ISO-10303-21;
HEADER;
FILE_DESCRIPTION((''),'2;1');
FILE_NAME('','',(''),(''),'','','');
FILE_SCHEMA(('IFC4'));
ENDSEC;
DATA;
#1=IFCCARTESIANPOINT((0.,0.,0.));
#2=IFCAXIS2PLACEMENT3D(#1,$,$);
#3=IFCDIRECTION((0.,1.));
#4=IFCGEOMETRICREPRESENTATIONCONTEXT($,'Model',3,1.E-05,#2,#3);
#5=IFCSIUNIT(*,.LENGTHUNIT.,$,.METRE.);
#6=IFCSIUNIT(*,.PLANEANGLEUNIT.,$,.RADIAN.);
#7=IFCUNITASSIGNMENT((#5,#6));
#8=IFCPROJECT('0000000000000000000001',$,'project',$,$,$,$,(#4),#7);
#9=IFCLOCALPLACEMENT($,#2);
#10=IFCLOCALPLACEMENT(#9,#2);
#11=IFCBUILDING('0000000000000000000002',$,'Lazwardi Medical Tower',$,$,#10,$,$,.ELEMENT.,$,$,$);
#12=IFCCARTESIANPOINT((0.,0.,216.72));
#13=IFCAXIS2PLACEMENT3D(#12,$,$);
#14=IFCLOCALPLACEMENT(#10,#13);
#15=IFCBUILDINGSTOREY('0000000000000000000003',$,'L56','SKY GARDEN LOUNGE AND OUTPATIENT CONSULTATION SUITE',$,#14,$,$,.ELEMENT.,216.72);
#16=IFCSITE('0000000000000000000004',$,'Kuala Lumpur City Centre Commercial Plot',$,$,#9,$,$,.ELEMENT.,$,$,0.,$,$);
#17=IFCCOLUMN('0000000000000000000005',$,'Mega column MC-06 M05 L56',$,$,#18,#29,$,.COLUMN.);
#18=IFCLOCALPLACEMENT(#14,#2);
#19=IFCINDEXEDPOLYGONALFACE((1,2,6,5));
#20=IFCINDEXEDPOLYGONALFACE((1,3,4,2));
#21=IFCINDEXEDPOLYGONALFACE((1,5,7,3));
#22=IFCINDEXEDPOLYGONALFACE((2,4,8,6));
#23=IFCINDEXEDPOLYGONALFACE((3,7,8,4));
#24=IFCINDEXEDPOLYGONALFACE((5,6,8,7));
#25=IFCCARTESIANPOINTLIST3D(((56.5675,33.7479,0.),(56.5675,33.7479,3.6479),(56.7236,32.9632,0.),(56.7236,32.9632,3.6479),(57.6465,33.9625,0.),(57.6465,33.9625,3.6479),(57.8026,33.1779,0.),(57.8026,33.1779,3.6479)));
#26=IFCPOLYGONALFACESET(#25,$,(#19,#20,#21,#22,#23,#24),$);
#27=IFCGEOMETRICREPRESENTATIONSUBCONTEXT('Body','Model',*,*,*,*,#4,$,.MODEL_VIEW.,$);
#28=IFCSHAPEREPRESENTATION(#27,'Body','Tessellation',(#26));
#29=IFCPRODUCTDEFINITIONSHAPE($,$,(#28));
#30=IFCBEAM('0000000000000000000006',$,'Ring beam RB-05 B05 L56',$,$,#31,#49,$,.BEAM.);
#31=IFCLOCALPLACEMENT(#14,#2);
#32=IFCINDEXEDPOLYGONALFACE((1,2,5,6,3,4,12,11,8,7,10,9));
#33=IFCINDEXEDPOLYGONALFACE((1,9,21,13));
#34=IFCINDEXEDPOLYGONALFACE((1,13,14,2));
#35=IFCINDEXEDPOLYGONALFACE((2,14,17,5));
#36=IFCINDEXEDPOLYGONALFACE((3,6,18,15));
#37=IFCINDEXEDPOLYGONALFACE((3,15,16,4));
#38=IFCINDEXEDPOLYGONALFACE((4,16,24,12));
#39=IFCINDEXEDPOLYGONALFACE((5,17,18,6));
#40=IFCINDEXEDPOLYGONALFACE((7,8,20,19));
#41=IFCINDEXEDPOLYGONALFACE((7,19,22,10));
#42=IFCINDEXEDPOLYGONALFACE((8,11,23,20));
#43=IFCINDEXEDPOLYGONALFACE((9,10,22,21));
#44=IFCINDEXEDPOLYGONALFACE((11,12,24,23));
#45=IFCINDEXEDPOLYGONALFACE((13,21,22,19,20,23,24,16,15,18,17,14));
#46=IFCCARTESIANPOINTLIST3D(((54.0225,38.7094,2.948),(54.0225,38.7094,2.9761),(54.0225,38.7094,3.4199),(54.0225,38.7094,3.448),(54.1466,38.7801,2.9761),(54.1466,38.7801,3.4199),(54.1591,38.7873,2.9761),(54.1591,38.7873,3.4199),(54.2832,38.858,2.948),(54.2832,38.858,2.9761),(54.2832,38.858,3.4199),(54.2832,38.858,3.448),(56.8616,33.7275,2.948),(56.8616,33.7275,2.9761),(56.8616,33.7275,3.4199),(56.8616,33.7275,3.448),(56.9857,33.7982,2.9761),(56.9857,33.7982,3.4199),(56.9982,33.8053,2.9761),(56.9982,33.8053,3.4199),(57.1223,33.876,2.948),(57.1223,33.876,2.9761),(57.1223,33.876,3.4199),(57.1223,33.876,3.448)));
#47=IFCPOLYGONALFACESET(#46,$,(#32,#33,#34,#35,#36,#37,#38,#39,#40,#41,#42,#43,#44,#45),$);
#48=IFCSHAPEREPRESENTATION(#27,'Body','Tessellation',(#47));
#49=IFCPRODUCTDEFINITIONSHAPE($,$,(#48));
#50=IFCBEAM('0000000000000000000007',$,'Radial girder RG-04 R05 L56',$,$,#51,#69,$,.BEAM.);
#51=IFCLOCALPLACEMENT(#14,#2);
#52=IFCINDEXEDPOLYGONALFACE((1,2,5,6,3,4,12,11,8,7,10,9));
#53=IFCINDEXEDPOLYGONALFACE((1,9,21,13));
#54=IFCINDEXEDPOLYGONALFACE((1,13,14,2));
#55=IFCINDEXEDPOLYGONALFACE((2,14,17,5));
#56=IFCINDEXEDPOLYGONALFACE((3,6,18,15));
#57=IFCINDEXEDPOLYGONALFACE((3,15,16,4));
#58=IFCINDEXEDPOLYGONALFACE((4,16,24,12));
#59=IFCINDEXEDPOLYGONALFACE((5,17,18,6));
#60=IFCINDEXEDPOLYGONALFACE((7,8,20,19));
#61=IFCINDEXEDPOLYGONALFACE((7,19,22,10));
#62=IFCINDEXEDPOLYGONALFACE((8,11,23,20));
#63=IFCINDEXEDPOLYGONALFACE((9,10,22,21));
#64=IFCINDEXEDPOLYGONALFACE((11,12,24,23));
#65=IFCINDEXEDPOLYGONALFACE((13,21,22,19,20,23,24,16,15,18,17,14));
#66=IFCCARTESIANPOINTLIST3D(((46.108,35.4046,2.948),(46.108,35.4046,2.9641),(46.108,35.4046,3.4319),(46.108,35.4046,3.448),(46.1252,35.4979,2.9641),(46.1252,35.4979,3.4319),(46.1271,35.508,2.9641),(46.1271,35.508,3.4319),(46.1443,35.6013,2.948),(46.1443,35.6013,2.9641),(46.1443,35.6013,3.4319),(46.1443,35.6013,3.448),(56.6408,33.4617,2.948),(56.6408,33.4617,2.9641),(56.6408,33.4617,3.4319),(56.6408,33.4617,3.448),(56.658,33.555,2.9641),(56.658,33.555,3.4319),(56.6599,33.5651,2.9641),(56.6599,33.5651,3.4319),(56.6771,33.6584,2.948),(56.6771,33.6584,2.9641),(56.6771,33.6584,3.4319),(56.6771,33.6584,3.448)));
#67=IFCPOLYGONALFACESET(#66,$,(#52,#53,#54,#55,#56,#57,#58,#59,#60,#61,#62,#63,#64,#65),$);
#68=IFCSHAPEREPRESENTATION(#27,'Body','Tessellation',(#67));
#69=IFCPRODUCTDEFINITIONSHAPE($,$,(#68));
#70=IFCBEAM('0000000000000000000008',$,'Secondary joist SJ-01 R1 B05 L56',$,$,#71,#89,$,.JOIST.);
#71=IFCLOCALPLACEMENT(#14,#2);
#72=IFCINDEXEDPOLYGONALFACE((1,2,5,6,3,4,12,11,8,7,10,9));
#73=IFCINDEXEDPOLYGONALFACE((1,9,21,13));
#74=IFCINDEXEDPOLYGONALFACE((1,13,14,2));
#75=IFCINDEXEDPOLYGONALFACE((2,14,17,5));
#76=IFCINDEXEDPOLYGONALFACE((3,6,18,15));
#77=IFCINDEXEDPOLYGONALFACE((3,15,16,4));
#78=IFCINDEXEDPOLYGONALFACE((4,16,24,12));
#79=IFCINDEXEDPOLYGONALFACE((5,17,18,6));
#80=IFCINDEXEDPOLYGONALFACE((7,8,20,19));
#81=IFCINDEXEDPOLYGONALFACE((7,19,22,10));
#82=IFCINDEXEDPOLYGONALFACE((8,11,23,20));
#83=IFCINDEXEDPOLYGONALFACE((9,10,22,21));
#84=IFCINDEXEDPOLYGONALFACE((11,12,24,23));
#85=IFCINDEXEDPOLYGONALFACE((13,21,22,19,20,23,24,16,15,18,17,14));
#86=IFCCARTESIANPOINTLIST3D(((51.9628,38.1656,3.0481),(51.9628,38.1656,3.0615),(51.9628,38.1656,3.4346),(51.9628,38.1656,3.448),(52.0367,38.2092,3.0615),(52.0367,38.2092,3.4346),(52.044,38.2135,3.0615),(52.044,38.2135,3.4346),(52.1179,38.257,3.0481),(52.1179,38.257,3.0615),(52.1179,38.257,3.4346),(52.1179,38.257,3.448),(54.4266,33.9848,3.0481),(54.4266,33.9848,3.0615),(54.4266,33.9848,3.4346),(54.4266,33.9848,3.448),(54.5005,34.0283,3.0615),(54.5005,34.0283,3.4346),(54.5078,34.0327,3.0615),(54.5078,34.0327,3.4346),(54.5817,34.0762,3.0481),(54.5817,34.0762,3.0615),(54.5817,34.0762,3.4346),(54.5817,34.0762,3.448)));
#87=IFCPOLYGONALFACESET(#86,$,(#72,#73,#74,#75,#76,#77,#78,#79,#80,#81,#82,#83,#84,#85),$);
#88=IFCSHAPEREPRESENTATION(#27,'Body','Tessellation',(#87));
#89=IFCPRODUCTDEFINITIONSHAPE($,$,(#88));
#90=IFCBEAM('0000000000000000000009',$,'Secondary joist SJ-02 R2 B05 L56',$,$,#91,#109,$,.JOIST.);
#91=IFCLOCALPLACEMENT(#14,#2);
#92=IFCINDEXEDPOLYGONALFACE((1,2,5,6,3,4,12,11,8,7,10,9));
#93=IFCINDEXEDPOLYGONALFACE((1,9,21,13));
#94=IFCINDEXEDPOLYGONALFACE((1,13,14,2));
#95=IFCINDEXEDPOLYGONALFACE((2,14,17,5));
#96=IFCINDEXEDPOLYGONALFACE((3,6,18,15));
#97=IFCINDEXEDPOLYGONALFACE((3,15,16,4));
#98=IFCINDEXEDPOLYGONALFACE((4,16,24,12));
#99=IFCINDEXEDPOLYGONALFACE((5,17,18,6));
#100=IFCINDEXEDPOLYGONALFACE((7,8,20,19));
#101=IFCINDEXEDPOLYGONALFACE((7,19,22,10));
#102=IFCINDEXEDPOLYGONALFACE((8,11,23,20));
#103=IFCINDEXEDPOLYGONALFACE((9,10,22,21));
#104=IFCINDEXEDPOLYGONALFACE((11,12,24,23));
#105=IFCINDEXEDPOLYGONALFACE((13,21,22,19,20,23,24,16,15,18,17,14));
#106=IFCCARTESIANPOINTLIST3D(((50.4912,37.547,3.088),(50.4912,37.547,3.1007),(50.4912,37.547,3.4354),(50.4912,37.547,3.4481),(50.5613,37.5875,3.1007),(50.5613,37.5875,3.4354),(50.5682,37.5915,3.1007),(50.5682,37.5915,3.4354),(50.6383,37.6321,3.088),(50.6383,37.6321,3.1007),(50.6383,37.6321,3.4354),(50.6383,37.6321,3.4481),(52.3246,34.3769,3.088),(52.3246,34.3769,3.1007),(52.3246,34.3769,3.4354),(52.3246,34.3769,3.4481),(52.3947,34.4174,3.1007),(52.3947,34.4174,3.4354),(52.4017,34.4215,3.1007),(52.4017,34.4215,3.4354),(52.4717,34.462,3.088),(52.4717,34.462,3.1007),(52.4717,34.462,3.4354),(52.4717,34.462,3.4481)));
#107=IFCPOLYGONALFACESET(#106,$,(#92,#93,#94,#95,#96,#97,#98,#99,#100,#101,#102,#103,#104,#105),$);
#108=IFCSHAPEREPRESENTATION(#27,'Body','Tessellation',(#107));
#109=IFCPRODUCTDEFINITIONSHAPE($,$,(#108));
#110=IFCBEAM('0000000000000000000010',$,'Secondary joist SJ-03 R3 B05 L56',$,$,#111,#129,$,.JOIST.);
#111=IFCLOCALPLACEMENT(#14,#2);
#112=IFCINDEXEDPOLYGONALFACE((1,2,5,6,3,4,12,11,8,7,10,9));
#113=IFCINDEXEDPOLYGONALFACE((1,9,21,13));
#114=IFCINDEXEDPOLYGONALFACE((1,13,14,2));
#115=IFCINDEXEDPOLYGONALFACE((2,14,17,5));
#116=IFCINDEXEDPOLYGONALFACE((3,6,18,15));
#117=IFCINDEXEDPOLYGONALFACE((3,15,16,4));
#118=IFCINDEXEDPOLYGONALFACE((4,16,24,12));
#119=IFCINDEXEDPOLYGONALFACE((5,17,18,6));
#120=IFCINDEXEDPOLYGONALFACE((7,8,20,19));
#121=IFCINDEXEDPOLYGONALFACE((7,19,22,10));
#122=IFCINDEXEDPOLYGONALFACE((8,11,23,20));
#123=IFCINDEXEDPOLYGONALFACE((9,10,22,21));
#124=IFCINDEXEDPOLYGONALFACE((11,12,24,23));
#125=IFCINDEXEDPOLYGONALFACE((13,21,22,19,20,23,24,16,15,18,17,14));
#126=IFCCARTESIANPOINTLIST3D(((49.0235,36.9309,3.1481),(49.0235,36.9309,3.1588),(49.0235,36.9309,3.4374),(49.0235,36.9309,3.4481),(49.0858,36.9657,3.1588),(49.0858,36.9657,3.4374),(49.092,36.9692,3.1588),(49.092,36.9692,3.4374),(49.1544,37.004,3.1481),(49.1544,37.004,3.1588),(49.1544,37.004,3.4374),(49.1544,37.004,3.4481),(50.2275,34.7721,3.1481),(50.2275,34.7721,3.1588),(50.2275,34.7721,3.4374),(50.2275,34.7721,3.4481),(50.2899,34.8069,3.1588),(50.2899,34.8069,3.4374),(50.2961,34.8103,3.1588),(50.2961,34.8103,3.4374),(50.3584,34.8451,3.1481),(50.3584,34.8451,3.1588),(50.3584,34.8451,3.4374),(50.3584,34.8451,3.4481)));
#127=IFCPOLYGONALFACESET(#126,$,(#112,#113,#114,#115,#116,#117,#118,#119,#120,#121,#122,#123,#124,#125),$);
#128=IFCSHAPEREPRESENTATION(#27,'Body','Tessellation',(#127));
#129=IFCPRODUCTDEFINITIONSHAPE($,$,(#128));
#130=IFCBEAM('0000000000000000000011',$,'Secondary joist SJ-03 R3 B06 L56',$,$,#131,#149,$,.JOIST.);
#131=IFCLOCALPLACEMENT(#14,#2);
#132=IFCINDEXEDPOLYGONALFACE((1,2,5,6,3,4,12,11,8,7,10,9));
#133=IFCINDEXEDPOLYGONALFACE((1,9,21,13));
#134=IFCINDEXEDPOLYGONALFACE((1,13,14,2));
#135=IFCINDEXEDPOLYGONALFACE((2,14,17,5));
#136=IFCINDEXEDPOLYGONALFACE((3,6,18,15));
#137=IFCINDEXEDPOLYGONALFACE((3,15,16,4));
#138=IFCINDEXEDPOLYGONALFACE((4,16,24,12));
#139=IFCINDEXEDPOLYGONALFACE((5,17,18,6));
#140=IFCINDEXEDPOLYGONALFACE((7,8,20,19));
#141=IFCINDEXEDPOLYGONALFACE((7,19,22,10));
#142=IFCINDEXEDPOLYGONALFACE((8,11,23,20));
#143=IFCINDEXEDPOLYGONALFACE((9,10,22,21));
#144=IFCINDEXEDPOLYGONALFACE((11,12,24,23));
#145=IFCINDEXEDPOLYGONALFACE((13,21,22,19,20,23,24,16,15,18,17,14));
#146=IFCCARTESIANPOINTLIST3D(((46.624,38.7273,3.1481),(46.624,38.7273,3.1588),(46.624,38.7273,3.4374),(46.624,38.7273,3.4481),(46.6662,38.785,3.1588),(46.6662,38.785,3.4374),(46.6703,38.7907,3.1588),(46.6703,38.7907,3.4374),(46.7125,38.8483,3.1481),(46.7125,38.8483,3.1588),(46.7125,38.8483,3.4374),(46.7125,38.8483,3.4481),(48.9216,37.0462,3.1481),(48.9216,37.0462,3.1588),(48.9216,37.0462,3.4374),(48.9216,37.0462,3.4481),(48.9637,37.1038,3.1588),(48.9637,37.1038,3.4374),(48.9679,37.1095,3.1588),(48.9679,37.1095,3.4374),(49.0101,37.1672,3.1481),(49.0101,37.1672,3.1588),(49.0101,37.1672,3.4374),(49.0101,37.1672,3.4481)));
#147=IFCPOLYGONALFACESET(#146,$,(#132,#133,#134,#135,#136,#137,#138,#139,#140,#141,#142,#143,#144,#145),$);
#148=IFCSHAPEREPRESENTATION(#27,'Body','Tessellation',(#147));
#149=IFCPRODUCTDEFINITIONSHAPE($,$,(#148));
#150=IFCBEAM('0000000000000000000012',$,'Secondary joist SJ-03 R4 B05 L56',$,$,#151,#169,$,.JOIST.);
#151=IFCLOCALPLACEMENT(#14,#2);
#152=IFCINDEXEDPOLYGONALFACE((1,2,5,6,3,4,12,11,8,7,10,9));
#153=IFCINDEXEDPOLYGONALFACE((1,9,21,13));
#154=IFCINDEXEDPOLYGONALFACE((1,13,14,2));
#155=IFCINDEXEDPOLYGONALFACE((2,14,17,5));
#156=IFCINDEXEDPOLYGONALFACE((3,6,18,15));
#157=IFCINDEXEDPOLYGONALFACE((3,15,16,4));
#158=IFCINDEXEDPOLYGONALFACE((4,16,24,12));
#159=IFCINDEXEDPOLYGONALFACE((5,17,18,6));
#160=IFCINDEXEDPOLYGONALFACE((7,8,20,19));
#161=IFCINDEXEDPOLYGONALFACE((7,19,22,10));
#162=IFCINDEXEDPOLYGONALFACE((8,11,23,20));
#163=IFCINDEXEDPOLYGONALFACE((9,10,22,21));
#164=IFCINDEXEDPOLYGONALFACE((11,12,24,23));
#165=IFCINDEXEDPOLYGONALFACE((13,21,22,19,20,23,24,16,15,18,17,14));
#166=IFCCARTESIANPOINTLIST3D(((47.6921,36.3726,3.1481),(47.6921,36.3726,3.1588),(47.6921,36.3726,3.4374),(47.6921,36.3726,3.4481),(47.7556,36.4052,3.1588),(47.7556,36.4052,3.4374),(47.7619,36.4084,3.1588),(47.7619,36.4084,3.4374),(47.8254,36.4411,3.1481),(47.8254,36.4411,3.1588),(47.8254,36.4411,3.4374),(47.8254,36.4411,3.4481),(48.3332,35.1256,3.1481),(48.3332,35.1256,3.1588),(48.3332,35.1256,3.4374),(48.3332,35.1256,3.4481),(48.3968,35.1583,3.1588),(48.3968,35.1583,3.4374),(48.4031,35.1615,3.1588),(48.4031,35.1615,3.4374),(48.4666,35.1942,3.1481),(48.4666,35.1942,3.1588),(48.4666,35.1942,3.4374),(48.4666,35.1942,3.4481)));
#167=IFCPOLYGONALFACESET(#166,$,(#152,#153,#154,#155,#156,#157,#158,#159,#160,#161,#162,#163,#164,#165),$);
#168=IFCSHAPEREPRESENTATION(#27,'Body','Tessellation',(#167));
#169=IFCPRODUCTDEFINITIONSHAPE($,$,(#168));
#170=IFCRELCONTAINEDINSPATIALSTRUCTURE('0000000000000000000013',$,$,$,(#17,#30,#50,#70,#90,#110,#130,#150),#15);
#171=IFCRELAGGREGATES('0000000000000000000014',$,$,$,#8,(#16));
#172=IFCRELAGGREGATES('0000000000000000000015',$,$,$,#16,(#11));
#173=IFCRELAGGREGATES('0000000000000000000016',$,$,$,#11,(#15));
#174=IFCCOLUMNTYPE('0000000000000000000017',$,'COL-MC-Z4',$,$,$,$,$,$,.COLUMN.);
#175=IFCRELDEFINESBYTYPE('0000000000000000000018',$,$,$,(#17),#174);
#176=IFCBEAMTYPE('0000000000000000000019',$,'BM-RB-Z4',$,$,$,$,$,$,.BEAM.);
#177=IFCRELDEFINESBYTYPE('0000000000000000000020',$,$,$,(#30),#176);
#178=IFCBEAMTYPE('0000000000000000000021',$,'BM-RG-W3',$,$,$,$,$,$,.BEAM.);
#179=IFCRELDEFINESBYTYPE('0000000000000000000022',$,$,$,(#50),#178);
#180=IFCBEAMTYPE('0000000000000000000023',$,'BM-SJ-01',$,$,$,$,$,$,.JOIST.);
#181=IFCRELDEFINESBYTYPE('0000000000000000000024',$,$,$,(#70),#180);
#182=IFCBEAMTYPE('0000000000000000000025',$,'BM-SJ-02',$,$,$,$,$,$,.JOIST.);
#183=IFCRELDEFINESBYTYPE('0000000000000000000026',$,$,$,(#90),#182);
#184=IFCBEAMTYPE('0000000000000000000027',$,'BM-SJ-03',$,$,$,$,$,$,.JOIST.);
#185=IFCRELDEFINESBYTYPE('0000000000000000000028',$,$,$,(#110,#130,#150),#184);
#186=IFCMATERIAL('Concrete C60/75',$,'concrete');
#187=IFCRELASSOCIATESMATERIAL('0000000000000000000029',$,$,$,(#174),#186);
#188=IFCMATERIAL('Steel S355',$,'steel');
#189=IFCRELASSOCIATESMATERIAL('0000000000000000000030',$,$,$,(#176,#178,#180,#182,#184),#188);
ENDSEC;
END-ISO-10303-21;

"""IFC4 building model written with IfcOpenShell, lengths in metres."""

from ifc_helpers import new_model, si_unit, direction, frame, origin, origin_2d, place, context, subcontext, project, spatial, rectangle, i_section, extrude, material, material_profile, profile_set, type_object, element, save


model = new_model("IFC4")

# Units and contexts
model_context = context("Model", 3, precision=1e-05, world=origin(), true_north=direction((0.0, 1.0)))
body_context = subcontext(model_context, "Body", "Model", "MODEL_VIEW")
ifc_project = project(units=[si_unit("LENGTHUNIT", "METRE"), si_unit("PLANEANGLEUNIT", "RADIAN")], contexts=[model_context])

# Site, building, storey
site_placement = place(None, origin())
site = spatial("IfcSite", under=ifc_project, at=site_placement, Name="Kuala Lumpur City Centre Commercial Plot", CompositionType="ELEMENT", RefElevation=0.0)
building_placement = place(site_placement, origin())
building = spatial("IfcBuilding", under=site, at=building_placement, Name="Lazwardi Medical Tower", CompositionType="ELEMENT")
storey_placement = place(building_placement, frame((0.0, 0.0, 216.72)))
storey = spatial("IfcBuildingStorey", under=building, at=storey_placement, Name="L56", Description="SKY GARDEN LOUNGE AND OUTPATIENT CONSULTATION SUITE", CompositionType="ELEMENT", Elevation=216.72)

# Column
ifc_material_1 = material(Name="Concrete C60/75", Category="concrete")
ifc_material_profile_1 = material_profile(ifc_material_1, rectangle(XDim=1.1001, YDim=0.8, at=origin_2d()), Name="CFT-RECT 1100x800")
ifc_profile_set_1 = profile_set([ifc_material_profile_1], Name="Concrete C60/75")
column_type = type_object("IfcColumnType", Name="COL-MC-Z4", PredefinedType="COLUMN", material=ifc_profile_set_1)
column_placement = place(storey_placement, frame((57.1851, 33.4629, 0.0), z_axis=(0.0, 0.0, 1.0), x_axis=(0.980785, 0.19509, 0.0)))
element("IfcColumn", 1, at=column_placement, inside=storey, type_object=column_type, Name="Mega column MC-06 M05 L56", PredefinedType="COLUMN", context=body_context, shape_type="SweptSolid", body=[
    extrude(rectangle(XDim=1.1001, YDim=0.8, at=origin_2d()), origin(), (0.0, 0.0, 1.0), 3.6479),
])

# Beams
ifc_material_2 = material(Name="Steel S355", Category="steel")
ifc_material_profile_2 = material_profile(ifc_material_2, i_section(OverallWidth=0.3, OverallDepth=0.5, WebThickness=0.0144, FlangeThickness=0.0281, at=origin_2d()), Name="HEB 500")
ifc_profile_set_2 = profile_set([ifc_material_profile_2], Name="Steel S355")
beam_type_1 = type_object("IfcBeamType", Name="BM-RB-Z4", PredefinedType="BEAM", material=ifc_profile_set_2)
beam_1_placement = place(storey_placement, frame((56.9919, 33.8018, 3.198), z_axis=(-0.495125, 0.868822, 0.0), x_axis=(-0.868822, -0.495125, 0.0)))
element("IfcBeam", 2, at=beam_1_placement, inside=storey, type_object=beam_type_1, Name="Ring beam RB-05 B05 L56", PredefinedType="BEAM", context=body_context, shape_type="SweptSolid", body=[
    extrude(i_section(OverallWidth=0.3, OverallDepth=0.5, WebThickness=0.0144, FlangeThickness=0.0281, at=origin_2d()), origin(), (0.0, 0.0, 1.0), 5.7341),
])
ifc_material_profile_3 = material_profile(ifc_material_2, i_section(OverallWidth=0.2, OverallDepth=0.5, WebThickness=0.0103, FlangeThickness=0.0161, at=origin_2d()), Name="IPE 500")
ifc_profile_set_3 = profile_set([ifc_material_profile_3], Name="Steel S355")
beam_type_2 = type_object("IfcBeamType", Name="BM-RG-W3", PredefinedType="BEAM", material=ifc_profile_set_3)
beam_2_placement = place(storey_placement, frame((56.6589, 33.5601, 3.198), z_axis=(-0.983409, 0.1814, 0.0), x_axis=(-0.1814, -0.983409, 0.0)))
element("IfcBeam", 3, at=beam_2_placement, inside=storey, type_object=beam_type_2, Name="Radial girder RG-04 R05 L56", PredefinedType="BEAM", context=body_context, shape_type="SweptSolid", body=[
    extrude(i_section(OverallWidth=0.2, OverallDepth=0.5, WebThickness=0.0103, FlangeThickness=0.0161, at=origin_2d()), origin(), (0.0, 0.0, 1.0), 10.7104),
])
ifc_material_profile_4 = material_profile(ifc_material_2, i_section(OverallWidth=0.1799, OverallDepth=0.3999, WebThickness=0.0085, FlangeThickness=0.0134, at=origin_2d()), Name="IPE 400")
ifc_profile_set_4 = profile_set([ifc_material_profile_4], Name="Steel S355")
beam_type_3 = type_object("IfcBeamType", Name="BM-SJ-01", PredefinedType="JOIST", material=ifc_profile_set_4)
beam_3_placement = place(storey_placement, frame((54.5042, 34.0305, 3.248), z_axis=(-0.50771, 0.861528, 0.0), x_axis=(-0.861528, -0.50771, 0.0)))
element("IfcBeam", 4, at=beam_3_placement, inside=storey, type_object=beam_type_3, Name="Secondary joist SJ-01 R1 B05 L56", PredefinedType="JOIST", context=body_context, shape_type="SweptSolid", body=[
    extrude(i_section(OverallWidth=0.1799, OverallDepth=0.3999, WebThickness=0.0085, FlangeThickness=0.0134, at=origin_2d()), origin(), (0.0, 0.0, 1.0), 4.8528),
])
ifc_material_profile_5 = material_profile(ifc_material_2, i_section(OverallWidth=0.1699, OverallDepth=0.3601, WebThickness=0.0081, FlangeThickness=0.0127, at=origin_2d()), Name="IPE 360")
ifc_profile_set_5 = profile_set([ifc_material_profile_5], Name="Steel S355")
beam_type_4 = type_object("IfcBeamType", Name="BM-SJ-02", PredefinedType="JOIST", material=ifc_profile_set_5)
beam_4_placement = place(storey_placement, frame((52.3982, 34.4194, 3.2681), z_axis=(-0.500655, 0.865647, 0.0), x_axis=(-0.865647, -0.500655, 0.0)))
element("IfcBeam", 5, at=beam_4_placement, inside=storey, type_object=beam_type_4, Name="Secondary joist SJ-02 R2 B05 L56", PredefinedType="JOIST", context=body_context, shape_type="SweptSolid", body=[
    extrude(i_section(OverallWidth=0.1699, OverallDepth=0.3601, WebThickness=0.0081, FlangeThickness=0.0127, at=origin_2d()), origin(), (0.0, 0.0, 1.0), 3.6621),
])
ifc_material_profile_6 = material_profile(ifc_material_2, i_section(OverallWidth=0.1499, OverallDepth=0.3, WebThickness=0.0071, FlangeThickness=0.0107, at=origin_2d()), Name="IPE 300")
ifc_profile_set_6 = profile_set([ifc_material_profile_6], Name="Steel S355")
beam_type_5 = type_object("IfcBeamType", Name="BM-SJ-03", PredefinedType="JOIST", material=ifc_profile_set_6)
beam_5_placement = place(storey_placement, frame((50.293, 34.8086, 3.2981), z_axis=(-0.487093, 0.87335, 0.0), x_axis=(-0.87335, -0.487093, 0.0)))
element("IfcBeam", 6, at=beam_5_placement, inside=storey, type_object=beam_type_5, Name="Secondary joist SJ-03 R3 B05 L56", PredefinedType="JOIST", context=body_context, shape_type="SweptSolid", body=[
    extrude(i_section(OverallWidth=0.1499, OverallDepth=0.3, WebThickness=0.0071, FlangeThickness=0.0107, at=origin_2d()), origin(), (0.0, 0.0, 1.0), 2.4719),
])
beam_6_placement = place(storey_placement, frame((48.9658, 37.1067, 3.2981), z_axis=(-0.807034, 0.590505, 0.0), x_axis=(-0.590505, -0.807034, 0.0)))
element("IfcBeam", 7, at=beam_6_placement, inside=storey, type_object=beam_type_5, Name="Secondary joist SJ-03 R3 B06 L56", PredefinedType="JOIST", context=body_context, shape_type="SweptSolid", body=[
    extrude(i_section(OverallWidth=0.1499, OverallDepth=0.3, WebThickness=0.0071, FlangeThickness=0.0107, at=origin_2d()), origin(), (0.0, 0.0, 1.0), 2.8469),
])
beam_7_placement = place(storey_placement, frame((48.3999, 35.1599, 3.2981), z_axis=(-0.457285, 0.88932, 0.0), x_axis=(-0.88932, -0.457285, 0.0)))
element("IfcBeam", 8, at=beam_7_placement, inside=storey, type_object=beam_type_5, Name="Secondary joist SJ-03 R4 B05 L56", PredefinedType="JOIST", context=body_context, shape_type="SweptSolid", body=[
    extrude(i_section(OverallWidth=0.1499, OverallDepth=0.3, WebThickness=0.0071, FlangeThickness=0.0107, at=origin_2d()), origin(), (0.0, 0.0, 1.0), 1.4021),
])

save(model, "model.ifc")
